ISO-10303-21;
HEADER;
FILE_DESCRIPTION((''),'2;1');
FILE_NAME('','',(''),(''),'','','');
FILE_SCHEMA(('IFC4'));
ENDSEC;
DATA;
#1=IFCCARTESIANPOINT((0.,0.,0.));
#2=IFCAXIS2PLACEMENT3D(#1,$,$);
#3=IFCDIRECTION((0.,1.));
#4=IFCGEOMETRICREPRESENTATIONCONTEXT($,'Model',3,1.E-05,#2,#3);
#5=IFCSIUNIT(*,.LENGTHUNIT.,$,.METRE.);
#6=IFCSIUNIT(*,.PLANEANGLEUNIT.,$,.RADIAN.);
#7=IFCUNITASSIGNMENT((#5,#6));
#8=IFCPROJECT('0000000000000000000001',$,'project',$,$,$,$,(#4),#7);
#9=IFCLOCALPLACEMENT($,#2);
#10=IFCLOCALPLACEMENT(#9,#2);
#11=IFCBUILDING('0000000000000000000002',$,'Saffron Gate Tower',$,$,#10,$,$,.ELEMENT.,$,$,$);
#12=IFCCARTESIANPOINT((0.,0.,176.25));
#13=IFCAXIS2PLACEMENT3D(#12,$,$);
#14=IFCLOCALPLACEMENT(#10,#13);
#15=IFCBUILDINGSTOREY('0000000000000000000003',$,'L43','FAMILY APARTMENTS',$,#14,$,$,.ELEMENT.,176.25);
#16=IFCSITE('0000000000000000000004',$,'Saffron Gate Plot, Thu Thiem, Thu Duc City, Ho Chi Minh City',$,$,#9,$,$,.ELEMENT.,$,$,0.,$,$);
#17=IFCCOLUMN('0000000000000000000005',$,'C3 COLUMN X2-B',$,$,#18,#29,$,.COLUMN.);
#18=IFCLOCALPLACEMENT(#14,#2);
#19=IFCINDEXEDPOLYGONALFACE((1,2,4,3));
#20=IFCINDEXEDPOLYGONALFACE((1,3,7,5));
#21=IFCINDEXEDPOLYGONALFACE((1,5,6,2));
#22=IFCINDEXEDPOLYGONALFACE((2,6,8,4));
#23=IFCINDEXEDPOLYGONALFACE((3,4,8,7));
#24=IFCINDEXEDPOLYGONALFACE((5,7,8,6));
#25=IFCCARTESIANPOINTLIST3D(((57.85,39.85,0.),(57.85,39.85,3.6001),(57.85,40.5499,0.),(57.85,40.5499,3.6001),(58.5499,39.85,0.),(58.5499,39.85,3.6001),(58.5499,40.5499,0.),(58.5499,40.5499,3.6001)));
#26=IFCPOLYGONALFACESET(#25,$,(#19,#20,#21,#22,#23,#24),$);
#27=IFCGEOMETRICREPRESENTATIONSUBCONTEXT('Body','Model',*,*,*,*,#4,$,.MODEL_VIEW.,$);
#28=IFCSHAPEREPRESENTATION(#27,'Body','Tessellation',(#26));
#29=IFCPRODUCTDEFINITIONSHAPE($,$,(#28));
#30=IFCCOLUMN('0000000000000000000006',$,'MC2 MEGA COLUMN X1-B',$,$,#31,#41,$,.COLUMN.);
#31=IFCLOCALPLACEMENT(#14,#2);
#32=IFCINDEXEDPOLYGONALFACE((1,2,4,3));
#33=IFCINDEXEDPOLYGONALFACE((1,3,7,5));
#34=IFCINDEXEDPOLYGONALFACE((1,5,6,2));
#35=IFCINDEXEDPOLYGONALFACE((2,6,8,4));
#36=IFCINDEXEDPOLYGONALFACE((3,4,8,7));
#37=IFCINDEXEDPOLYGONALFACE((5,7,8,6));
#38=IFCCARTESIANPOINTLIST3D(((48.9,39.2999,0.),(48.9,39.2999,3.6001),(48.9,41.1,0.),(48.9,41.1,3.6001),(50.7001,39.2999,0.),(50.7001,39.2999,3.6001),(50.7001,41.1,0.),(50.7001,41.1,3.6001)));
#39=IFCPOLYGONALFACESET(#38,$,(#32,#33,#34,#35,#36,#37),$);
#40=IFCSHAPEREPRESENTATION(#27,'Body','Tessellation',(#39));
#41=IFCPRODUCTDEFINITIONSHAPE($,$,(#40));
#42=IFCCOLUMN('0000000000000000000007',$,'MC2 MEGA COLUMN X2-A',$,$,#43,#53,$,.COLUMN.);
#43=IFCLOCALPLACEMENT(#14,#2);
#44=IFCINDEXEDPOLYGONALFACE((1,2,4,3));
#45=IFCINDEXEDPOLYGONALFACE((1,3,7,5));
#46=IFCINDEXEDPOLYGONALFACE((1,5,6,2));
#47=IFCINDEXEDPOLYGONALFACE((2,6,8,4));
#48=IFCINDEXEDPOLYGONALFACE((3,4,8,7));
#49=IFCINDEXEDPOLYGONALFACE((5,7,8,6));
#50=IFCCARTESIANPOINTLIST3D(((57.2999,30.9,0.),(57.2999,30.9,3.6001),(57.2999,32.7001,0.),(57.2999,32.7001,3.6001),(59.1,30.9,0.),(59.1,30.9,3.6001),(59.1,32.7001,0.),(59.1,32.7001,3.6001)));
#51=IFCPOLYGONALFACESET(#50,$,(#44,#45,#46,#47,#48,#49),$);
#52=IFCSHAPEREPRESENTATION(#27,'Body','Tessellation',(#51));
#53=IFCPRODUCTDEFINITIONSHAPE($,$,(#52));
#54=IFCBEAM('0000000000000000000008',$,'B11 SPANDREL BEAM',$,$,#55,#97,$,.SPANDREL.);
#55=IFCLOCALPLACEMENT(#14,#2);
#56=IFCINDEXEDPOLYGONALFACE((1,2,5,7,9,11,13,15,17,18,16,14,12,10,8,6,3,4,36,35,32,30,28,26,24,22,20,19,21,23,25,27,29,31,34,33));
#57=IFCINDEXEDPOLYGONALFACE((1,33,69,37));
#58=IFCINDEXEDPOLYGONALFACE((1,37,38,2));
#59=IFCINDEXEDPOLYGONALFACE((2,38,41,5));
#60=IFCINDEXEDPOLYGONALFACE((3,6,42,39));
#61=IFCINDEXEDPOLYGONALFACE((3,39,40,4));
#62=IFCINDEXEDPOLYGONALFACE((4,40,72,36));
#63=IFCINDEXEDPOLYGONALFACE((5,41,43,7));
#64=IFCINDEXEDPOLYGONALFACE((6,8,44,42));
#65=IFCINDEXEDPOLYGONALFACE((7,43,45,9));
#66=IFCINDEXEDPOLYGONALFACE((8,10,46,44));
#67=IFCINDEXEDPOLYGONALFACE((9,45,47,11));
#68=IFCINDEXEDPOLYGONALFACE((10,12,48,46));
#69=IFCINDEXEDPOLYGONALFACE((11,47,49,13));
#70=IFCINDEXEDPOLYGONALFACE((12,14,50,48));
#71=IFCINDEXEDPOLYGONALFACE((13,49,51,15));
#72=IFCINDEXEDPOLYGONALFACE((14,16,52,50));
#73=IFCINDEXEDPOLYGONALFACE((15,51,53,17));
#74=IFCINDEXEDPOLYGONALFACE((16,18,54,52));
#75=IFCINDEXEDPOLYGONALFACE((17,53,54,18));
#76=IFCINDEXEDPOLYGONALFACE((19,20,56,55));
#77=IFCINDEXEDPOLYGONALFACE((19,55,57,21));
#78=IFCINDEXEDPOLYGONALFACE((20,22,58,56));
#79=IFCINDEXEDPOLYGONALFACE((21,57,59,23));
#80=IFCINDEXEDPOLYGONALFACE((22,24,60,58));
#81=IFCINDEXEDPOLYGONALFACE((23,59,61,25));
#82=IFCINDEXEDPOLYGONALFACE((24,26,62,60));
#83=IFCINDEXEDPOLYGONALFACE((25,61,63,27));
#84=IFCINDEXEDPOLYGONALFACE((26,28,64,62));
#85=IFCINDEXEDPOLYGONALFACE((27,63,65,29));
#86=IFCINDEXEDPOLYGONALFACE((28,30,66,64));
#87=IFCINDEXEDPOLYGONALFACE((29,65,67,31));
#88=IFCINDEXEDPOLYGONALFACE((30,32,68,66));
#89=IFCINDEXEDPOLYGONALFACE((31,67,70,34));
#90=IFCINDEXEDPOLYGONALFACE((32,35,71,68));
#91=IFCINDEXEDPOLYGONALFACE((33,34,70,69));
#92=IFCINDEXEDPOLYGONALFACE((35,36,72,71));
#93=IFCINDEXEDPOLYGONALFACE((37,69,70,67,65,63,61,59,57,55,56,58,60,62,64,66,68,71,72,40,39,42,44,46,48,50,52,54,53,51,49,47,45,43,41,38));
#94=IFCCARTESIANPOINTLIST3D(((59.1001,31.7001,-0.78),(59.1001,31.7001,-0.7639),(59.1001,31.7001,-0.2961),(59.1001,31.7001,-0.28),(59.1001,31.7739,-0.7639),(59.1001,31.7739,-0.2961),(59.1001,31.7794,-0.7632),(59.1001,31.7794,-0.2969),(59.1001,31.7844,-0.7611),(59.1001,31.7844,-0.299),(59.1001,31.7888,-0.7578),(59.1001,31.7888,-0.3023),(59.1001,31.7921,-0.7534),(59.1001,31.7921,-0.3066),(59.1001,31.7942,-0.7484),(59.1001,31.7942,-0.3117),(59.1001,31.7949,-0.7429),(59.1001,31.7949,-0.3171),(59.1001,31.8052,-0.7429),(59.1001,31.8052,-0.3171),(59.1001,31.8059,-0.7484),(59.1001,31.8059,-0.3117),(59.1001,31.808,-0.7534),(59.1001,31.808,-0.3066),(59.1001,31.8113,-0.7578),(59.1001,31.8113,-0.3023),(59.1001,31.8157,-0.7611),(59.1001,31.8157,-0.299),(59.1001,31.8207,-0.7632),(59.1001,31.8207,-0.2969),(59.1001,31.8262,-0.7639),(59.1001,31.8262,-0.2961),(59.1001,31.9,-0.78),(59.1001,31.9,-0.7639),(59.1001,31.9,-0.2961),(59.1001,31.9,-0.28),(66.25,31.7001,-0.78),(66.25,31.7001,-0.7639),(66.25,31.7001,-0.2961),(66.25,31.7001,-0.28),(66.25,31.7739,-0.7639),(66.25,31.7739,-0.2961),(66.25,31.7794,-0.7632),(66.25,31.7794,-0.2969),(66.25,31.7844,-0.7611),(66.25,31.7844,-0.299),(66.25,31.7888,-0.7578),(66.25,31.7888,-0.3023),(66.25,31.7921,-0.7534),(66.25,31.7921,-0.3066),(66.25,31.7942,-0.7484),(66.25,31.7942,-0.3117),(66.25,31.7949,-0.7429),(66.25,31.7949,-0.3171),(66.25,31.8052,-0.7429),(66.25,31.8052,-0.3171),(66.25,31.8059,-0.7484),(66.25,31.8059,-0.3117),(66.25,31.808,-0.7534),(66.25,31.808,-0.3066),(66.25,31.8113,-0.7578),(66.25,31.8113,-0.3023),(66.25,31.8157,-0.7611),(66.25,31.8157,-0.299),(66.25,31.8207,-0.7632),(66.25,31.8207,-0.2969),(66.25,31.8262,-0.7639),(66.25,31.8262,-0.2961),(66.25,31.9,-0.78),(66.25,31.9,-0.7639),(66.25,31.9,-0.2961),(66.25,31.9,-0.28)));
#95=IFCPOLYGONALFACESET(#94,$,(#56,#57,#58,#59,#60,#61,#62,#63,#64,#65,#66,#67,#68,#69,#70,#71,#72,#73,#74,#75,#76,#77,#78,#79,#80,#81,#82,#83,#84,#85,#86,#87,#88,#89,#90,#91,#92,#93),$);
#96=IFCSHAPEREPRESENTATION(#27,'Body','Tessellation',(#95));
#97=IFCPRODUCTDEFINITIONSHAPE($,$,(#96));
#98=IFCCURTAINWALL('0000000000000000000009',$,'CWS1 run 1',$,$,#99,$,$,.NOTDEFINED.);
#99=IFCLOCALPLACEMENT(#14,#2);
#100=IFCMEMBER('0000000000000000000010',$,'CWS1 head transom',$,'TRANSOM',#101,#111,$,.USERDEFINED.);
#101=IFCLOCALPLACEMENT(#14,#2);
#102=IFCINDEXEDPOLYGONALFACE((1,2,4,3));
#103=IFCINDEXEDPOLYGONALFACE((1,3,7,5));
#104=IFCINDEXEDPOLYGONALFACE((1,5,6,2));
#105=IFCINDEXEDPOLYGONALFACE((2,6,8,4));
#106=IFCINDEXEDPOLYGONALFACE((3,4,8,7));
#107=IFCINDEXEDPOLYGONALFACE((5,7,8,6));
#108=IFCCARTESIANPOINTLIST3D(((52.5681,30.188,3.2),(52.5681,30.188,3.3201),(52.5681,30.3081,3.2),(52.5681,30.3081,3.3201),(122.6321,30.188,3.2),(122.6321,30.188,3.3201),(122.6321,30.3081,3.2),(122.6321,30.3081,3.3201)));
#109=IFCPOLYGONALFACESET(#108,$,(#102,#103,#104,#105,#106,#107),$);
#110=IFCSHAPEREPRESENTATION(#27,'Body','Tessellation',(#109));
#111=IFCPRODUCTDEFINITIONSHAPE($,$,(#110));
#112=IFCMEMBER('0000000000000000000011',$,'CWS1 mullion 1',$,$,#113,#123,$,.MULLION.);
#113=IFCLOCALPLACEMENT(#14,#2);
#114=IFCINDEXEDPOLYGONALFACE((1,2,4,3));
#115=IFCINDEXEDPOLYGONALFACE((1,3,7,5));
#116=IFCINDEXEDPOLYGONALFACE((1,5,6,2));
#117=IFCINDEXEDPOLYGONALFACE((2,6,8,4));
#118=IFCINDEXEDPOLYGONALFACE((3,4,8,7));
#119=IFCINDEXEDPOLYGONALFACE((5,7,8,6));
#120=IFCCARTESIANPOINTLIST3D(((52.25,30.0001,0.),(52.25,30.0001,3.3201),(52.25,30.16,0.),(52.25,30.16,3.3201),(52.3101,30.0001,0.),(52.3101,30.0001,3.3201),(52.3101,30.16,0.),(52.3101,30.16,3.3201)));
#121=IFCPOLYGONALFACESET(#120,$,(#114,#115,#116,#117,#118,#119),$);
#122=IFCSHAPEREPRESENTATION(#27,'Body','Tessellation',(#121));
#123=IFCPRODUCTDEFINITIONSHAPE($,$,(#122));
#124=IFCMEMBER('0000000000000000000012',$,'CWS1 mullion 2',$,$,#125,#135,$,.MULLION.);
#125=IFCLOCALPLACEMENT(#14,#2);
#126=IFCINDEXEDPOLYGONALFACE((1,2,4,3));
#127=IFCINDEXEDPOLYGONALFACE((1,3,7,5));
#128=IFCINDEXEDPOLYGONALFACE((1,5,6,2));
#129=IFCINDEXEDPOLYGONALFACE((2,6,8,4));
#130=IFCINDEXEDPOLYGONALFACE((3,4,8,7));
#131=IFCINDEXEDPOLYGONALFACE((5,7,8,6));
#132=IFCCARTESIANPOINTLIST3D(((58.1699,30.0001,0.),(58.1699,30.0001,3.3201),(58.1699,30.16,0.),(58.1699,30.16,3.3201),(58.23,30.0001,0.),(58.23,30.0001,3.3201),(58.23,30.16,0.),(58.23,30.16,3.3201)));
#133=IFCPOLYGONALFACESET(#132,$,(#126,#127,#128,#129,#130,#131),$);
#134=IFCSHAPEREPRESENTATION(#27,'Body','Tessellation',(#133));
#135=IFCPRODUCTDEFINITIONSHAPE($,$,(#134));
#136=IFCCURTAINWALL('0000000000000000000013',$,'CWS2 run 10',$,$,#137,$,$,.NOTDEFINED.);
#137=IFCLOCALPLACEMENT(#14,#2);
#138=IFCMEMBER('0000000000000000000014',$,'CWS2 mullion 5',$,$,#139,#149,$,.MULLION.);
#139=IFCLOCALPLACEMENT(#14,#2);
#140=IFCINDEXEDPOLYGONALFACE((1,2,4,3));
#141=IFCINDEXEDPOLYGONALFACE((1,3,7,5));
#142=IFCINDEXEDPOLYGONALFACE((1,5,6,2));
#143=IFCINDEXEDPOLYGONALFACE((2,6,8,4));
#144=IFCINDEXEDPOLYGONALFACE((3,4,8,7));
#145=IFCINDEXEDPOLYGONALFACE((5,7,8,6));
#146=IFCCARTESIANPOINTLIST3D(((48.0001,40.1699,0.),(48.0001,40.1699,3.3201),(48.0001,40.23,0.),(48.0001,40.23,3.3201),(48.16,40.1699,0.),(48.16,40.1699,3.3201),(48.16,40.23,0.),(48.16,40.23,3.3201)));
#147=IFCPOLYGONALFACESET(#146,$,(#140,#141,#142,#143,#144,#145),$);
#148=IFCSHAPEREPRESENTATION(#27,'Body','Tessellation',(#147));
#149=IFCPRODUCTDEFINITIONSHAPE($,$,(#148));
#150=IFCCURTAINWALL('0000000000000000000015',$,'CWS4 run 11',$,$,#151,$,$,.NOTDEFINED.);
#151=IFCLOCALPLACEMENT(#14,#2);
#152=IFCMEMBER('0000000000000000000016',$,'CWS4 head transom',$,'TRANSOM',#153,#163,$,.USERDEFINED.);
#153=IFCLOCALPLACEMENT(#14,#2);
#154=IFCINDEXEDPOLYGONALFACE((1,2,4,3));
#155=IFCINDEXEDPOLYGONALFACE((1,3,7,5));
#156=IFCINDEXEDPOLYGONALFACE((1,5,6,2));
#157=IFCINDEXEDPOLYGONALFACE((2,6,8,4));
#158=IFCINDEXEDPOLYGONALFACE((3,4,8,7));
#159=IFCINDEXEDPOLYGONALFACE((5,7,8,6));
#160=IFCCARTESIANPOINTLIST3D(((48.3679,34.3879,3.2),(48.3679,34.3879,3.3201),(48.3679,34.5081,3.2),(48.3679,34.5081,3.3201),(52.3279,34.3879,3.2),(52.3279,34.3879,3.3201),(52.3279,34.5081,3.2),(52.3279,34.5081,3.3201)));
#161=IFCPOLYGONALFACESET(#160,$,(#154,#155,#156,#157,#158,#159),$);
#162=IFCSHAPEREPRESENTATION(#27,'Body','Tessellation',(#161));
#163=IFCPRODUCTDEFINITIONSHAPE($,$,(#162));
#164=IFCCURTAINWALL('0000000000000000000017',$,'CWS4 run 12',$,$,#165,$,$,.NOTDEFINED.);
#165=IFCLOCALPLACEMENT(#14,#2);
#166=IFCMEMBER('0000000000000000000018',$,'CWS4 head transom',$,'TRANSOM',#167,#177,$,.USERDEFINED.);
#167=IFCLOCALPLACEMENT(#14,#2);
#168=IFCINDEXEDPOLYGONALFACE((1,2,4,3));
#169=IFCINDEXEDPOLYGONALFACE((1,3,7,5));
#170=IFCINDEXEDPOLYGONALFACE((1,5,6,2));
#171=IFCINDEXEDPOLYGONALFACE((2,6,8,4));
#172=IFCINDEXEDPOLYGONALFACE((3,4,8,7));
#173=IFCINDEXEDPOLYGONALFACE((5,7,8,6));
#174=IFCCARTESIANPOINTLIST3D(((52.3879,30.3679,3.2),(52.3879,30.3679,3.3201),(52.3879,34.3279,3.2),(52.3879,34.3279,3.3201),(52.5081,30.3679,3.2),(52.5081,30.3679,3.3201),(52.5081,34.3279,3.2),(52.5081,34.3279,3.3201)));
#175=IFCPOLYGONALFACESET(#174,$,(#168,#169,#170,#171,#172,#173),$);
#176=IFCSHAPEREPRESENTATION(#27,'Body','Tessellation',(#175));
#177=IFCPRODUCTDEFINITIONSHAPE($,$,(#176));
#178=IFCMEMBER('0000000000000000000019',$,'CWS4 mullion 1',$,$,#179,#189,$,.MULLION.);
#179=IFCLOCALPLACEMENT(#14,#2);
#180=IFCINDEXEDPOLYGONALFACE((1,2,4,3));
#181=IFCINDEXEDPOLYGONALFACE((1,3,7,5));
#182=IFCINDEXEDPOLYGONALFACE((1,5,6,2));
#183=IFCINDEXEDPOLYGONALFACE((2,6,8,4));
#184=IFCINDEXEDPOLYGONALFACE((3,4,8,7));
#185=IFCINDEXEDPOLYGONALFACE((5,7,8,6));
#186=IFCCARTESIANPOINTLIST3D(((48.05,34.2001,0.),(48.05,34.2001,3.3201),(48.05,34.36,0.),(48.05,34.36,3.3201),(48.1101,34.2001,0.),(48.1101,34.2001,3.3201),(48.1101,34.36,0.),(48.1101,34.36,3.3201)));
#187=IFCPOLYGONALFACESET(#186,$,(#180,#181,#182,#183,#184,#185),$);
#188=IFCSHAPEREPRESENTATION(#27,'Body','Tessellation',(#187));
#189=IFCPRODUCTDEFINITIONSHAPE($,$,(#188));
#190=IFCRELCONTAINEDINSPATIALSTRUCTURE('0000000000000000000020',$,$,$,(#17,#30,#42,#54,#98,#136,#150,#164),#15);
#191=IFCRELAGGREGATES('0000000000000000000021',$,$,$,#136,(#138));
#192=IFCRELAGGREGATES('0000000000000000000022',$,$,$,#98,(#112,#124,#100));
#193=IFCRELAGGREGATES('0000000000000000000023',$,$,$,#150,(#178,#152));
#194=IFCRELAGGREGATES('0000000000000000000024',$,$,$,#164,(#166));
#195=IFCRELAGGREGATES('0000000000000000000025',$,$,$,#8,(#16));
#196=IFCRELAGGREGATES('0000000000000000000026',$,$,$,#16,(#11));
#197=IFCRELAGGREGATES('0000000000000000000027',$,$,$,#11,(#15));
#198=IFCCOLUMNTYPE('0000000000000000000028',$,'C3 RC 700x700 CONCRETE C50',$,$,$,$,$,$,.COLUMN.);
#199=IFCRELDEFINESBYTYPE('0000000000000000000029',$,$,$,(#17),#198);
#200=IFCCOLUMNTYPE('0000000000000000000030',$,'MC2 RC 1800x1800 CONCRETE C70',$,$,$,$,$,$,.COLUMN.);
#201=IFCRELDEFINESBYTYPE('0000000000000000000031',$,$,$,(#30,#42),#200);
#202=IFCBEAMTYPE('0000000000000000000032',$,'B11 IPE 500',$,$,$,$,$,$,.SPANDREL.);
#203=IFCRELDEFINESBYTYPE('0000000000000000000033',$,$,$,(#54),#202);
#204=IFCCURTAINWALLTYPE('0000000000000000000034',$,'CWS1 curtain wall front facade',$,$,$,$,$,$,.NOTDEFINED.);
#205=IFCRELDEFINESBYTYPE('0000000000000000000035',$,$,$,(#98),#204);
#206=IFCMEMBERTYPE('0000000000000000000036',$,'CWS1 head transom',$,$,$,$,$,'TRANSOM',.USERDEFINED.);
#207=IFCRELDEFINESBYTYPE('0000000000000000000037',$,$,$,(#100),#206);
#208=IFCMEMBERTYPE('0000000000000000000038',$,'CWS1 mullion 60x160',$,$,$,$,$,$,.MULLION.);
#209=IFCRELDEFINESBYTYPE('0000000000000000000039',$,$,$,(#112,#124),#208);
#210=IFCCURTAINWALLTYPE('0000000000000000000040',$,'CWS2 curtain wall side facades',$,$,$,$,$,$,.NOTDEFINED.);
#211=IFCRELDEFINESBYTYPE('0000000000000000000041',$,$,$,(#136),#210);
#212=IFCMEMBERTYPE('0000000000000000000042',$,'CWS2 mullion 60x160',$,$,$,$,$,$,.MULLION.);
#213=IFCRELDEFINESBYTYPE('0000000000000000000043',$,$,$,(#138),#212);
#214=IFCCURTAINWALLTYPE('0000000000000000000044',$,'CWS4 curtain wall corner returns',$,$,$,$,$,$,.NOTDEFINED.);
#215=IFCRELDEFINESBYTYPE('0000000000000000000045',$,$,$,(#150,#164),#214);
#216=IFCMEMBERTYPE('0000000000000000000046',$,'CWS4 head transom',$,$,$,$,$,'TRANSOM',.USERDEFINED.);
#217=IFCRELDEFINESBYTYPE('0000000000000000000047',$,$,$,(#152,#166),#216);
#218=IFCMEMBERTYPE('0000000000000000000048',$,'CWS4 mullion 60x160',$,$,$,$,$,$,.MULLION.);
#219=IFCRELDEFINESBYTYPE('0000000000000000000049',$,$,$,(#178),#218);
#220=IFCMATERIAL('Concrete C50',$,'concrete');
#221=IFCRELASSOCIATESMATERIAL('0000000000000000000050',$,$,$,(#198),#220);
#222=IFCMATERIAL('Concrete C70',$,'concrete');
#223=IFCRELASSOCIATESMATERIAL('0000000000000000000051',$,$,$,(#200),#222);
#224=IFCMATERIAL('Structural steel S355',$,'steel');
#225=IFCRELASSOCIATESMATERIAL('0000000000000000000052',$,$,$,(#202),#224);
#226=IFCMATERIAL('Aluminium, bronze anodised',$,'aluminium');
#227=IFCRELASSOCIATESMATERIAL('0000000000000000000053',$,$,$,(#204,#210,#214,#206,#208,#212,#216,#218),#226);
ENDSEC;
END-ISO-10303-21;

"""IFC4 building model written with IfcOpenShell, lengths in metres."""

from ifc_helpers import new_model, si_unit, direction, frame, origin, origin_2d, place, context, subcontext, project, spatial, rectangle, i_section, extrude, material, material_profile, profile_set, type_object, element, aggregate, save


model = new_model("IFC4")

# Units and contexts
model_context = context("Model", 3, precision=1e-05, world=origin(), true_north=direction((0.0, 1.0)))
body_context = subcontext(model_context, "Body", "Model", "MODEL_VIEW")
ifc_project = project(units=[si_unit("LENGTHUNIT", "METRE"), si_unit("PLANEANGLEUNIT", "RADIAN")], contexts=[model_context])

# Site, building, storey
site_placement = place(None, origin())
site = spatial("IfcSite", under=ifc_project, at=site_placement, Name="Saffron Gate Plot, Thu Thiem, Thu Duc City, Ho Chi Minh City", CompositionType="ELEMENT", RefElevation=0.0)
building_placement = place(site_placement, origin())
building = spatial("IfcBuilding", under=site, at=building_placement, Name="Saffron Gate Tower", CompositionType="ELEMENT")
storey_placement = place(building_placement, frame((0.0, 0.0, 176.25)))
storey = spatial("IfcBuildingStorey", under=building, at=storey_placement, Name="L43", Description="FAMILY APARTMENTS", CompositionType="ELEMENT", Elevation=176.25)

# Columns
ifc_material_1 = material(Name="Concrete C50", Category="concrete")
ifc_material_profile_1 = material_profile(ifc_material_1, rectangle(XDim=0.7, YDim=0.7, at=origin_2d()))
ifc_profile_set_1 = profile_set([ifc_material_profile_1], Name="Concrete C50")
column_type_1 = type_object("IfcColumnType", Name="C3 RC 700x700 CONCRETE C50", PredefinedType="COLUMN", material=ifc_profile_set_1)
column_placement = place(storey_placement, frame((58.2, 40.2, 0.0), z_axis=(0.0, 0.0, 1.0), x_axis=(1.0, 0.0, 0.0)))
element("IfcColumn", 1, at=column_placement, inside=storey, type_object=column_type_1, Name="C3 COLUMN X2-B", PredefinedType="COLUMN", context=body_context, shape_type="SweptSolid", body=[
    extrude(rectangle(XDim=0.7, YDim=0.7, at=origin_2d()), origin(), (0.0, 0.0, 1.0), 3.6001),
])
ifc_material_2 = material(Name="Concrete C70", Category="concrete")
ifc_material_profile_2 = material_profile(ifc_material_2, rectangle(XDim=1.8, YDim=1.8, at=origin_2d()))
ifc_profile_set_2 = profile_set([ifc_material_profile_2], Name="Concrete C70")
column_type_2 = type_object("IfcColumnType", Name="MC2 RC 1800x1800 CONCRETE C70", PredefinedType="COLUMN", material=ifc_profile_set_2)
for number, where, z_axis, x_axis, name in (
    (2, (49.8, 40.2, 0.0), (0.0, 0.0, 1.0), (1.0, 0.0, 0.0), "MC2 MEGA COLUMN X1-B"),
    (3, (58.2, 31.8, 0.0), (0.0, 0.0, 1.0), (1.0, 0.0, 0.0), "MC2 MEGA COLUMN X2-A"),
):
    element("IfcColumn", number, at=place(storey_placement, frame(where, z_axis=z_axis, x_axis=x_axis)), inside=storey, type_object=column_type_2, Name=name, PredefinedType="COLUMN", context=body_context, shape_type="SweptSolid", body=[
        extrude(rectangle(XDim=1.8, YDim=1.8, at=origin_2d()), origin(), (0.0, 0.0, 1.0), 3.6001),
    ])

# Beam
ifc_material_3 = material(Name="Structural steel S355", Category="steel")
ifc_material_profile_3 = material_profile(ifc_material_3, i_section(OverallWidth=0.2, OverallDepth=0.5, WebThickness=0.0103, FlangeThickness=0.0161, FilletRadius=0.021, at=origin_2d()))
ifc_profile_set_3 = profile_set([ifc_material_profile_3], Name="Structural steel S355")
beam_type = type_object("IfcBeamType", Name="B11 IPE 500", PredefinedType="SPANDREL", material=ifc_profile_set_3)
beam_placement = place(storey_placement, frame((59.1001, 31.8, -0.53), z_axis=(1.0, 0.0, 0.0), x_axis=(0.0, 1.0, 0.0)))
element("IfcBeam", 4, at=beam_placement, inside=storey, type_object=beam_type, Name="B11 SPANDREL BEAM", PredefinedType="SPANDREL", context=body_context, shape_type="SweptSolid", body=[
    extrude(i_section(OverallWidth=0.2, OverallDepth=0.5, WebThickness=0.0103, FlangeThickness=0.0161, FilletRadius=0.021, at=origin_2d()), origin(), (0.0, 0.0, 1.0), 7.1499),
])

# Curtain wall, members
ifc_material_4 = material(Name="Aluminium, bronze anodised", Category="aluminium")
curtain_wall_type_1 = type_object("IfcCurtainWallType", Name="CWS1 curtain wall front facade", PredefinedType="NOTDEFINED", material=ifc_material_4)
curtain_wall_1_placement = place(storey_placement, origin())
curtain_wall_1 = element("IfcCurtainWall", 5, at=curtain_wall_1_placement, inside=storey, type_object=curtain_wall_type_1, Name="CWS1 run 1", PredefinedType="NOTDEFINED")
ifc_material_profile_4 = material_profile(ifc_material_4, rectangle(XDim=0.1201, YDim=0.1201, at=origin_2d()))
ifc_profile_set_4 = profile_set([ifc_material_profile_4], Name="Aluminium, bronze anodised")
member_type_1 = type_object("IfcMemberType", Name="CWS1 head transom", ElementType="TRANSOM", PredefinedType="USERDEFINED", material=ifc_profile_set_4)
member_1_placement = place(storey_placement, frame((52.5681, 30.248, 3.26), z_axis=(1.0, 0.0, 0.0), x_axis=(0.0, 1.0, 0.0)))
member_1 = element("IfcMember", 6, at=member_1_placement, type_object=member_type_1, Name="CWS1 head transom", ObjectType="TRANSOM", PredefinedType="USERDEFINED", context=body_context, shape_type="SweptSolid", body=[
    extrude(rectangle(XDim=0.1201, YDim=0.1201, at=origin_2d()), origin(), (0.0, 0.0, 1.0), 70.064),
])
ifc_material_profile_5 = material_profile(ifc_material_4, rectangle(XDim=0.1599, YDim=0.0601, at=origin_2d()))
ifc_profile_set_5 = profile_set([ifc_material_profile_5], Name="Aluminium, bronze anodised")
member_type_2 = type_object("IfcMemberType", Name="CWS1 mullion 60x160", PredefinedType="MULLION", material=ifc_profile_set_5)
member_2_placement = place(storey_placement, frame((52.28, 30.0801, 0.0), z_axis=(0.0, 0.0, 1.0), x_axis=(0.0, 1.0, 0.0)))
member_2 = element("IfcMember", 7, at=member_2_placement, type_object=member_type_2, Name="CWS1 mullion 1", PredefinedType="MULLION", context=body_context, shape_type="SweptSolid", body=[
    extrude(rectangle(XDim=0.1599, YDim=0.0601, at=origin_2d()), origin(), (0.0, 0.0, 1.0), 3.3201),
])
member_3_placement = place(storey_placement, frame((58.2, 30.0801, 0.0), z_axis=(0.0, 0.0, 1.0), x_axis=(0.0, 1.0, 0.0)))
member_3 = element("IfcMember", 8, at=member_3_placement, type_object=member_type_2, Name="CWS1 mullion 2", PredefinedType="MULLION", context=body_context, shape_type="SweptSolid", body=[
    extrude(rectangle(XDim=0.1599, YDim=0.0601, at=origin_2d()), origin(), (0.0, 0.0, 1.0), 3.3201),
])

# Curtain walls, members
curtain_wall_type_2 = type_object("IfcCurtainWallType", Name="CWS2 curtain wall side facades", PredefinedType="NOTDEFINED", material=ifc_material_4)
curtain_wall_2_placement = place(storey_placement, origin())
curtain_wall_2 = element("IfcCurtainWall", 9, at=curtain_wall_2_placement, inside=storey, type_object=curtain_wall_type_2, Name="CWS2 run 10", PredefinedType="NOTDEFINED")
ifc_material_profile_6 = material_profile(ifc_material_4, rectangle(XDim=0.1599, YDim=0.0601, at=origin_2d()))
ifc_profile_set_6 = profile_set([ifc_material_profile_6], Name="Aluminium, bronze anodised")
member_type_3 = type_object("IfcMemberType", Name="CWS2 mullion 60x160", PredefinedType="MULLION", material=ifc_profile_set_6)
member_4_placement = place(storey_placement, frame((48.0801, 40.2, 0.0), z_axis=(0.0, 0.0, 1.0), x_axis=(1.0, 0.0, 0.0)))
member_4 = element("IfcMember", 10, at=member_4_placement, type_object=member_type_3, Name="CWS2 mullion 5", PredefinedType="MULLION", context=body_context, shape_type="SweptSolid", body=[
    extrude(rectangle(XDim=0.1599, YDim=0.0601, at=origin_2d()), origin(), (0.0, 0.0, 1.0), 3.3201),
])
aggregate(curtain_wall_2, [member_4])
curtain_wall_type_3 = type_object("IfcCurtainWallType", Name="CWS4 curtain wall corner returns", PredefinedType="NOTDEFINED", material=ifc_material_4)
curtain_wall_3_placement = place(storey_placement, origin())
curtain_wall_3 = element("IfcCurtainWall", 11, at=curtain_wall_3_placement, inside=storey, type_object=curtain_wall_type_3, Name="CWS4 run 11", PredefinedType="NOTDEFINED")
ifc_material_profile_7 = material_profile(ifc_material_4, rectangle(XDim=0.1201, YDim=0.1201, at=origin_2d()))
ifc_profile_set_7 = profile_set([ifc_material_profile_7], Name="Aluminium, bronze anodised")
member_type_4 = type_object("IfcMemberType", Name="CWS4 head transom", ElementType="TRANSOM", PredefinedType="USERDEFINED", material=ifc_profile_set_7)
member_5_placement = place(storey_placement, frame((48.3679, 34.448, 3.26), z_axis=(1.0, 0.0, 0.0), x_axis=(0.0, 1.0, 0.0)))
member_5 = element("IfcMember", 12, at=member_5_placement, type_object=member_type_4, Name="CWS4 head transom", ObjectType="TRANSOM", PredefinedType="USERDEFINED", context=body_context, shape_type="SweptSolid", body=[
    extrude(rectangle(XDim=0.1201, YDim=0.1201, at=origin_2d()), origin(), (0.0, 0.0, 1.0), 3.96),
])
curtain_wall_4_placement = place(storey_placement, origin())
curtain_wall_4 = element("IfcCurtainWall", 13, at=curtain_wall_4_placement, inside=storey, type_object=curtain_wall_type_3, Name="CWS4 run 12", PredefinedType="NOTDEFINED")
member_6_placement = place(storey_placement, frame((52.448, 34.3279, 3.26), z_axis=(0.0, -1.0, 0.0), x_axis=(1.0, 0.0, 0.0)))
member_6 = element("IfcMember", 14, at=member_6_placement, type_object=member_type_4, Name="CWS4 head transom", ObjectType="TRANSOM", PredefinedType="USERDEFINED", context=body_context, shape_type="SweptSolid", body=[
    extrude(rectangle(XDim=0.1201, YDim=0.1201, at=origin_2d()), origin(), (0.0, 0.0, 1.0), 3.96),
])

# Member
ifc_material_profile_8 = material_profile(ifc_material_4, rectangle(XDim=0.1599, YDim=0.0601, at=origin_2d()))
ifc_profile_set_8 = profile_set([ifc_material_profile_8], Name="Aluminium, bronze anodised")
member_type_5 = type_object("IfcMemberType", Name="CWS4 mullion 60x160", PredefinedType="MULLION", material=ifc_profile_set_8)
member_7_placement = place(storey_placement, frame((48.0801, 34.28, 0.0), z_axis=(0.0, 0.0, 1.0), x_axis=(0.0, 1.0, 0.0)))
member_7 = element("IfcMember", 15, at=member_7_placement, type_object=member_type_5, Name="CWS4 mullion 1", PredefinedType="MULLION", context=body_context, shape_type="SweptSolid", body=[
    extrude(rectangle(XDim=0.1599, YDim=0.0601, at=origin_2d()), origin(), (0.0, 0.0, 1.0), 3.3201),
])

aggregate(curtain_wall_1, [member_2, member_3, member_1])

aggregate(curtain_wall_3, [member_7, member_5])
aggregate(curtain_wall_4, [member_6])

save(model, "model.ifc")
